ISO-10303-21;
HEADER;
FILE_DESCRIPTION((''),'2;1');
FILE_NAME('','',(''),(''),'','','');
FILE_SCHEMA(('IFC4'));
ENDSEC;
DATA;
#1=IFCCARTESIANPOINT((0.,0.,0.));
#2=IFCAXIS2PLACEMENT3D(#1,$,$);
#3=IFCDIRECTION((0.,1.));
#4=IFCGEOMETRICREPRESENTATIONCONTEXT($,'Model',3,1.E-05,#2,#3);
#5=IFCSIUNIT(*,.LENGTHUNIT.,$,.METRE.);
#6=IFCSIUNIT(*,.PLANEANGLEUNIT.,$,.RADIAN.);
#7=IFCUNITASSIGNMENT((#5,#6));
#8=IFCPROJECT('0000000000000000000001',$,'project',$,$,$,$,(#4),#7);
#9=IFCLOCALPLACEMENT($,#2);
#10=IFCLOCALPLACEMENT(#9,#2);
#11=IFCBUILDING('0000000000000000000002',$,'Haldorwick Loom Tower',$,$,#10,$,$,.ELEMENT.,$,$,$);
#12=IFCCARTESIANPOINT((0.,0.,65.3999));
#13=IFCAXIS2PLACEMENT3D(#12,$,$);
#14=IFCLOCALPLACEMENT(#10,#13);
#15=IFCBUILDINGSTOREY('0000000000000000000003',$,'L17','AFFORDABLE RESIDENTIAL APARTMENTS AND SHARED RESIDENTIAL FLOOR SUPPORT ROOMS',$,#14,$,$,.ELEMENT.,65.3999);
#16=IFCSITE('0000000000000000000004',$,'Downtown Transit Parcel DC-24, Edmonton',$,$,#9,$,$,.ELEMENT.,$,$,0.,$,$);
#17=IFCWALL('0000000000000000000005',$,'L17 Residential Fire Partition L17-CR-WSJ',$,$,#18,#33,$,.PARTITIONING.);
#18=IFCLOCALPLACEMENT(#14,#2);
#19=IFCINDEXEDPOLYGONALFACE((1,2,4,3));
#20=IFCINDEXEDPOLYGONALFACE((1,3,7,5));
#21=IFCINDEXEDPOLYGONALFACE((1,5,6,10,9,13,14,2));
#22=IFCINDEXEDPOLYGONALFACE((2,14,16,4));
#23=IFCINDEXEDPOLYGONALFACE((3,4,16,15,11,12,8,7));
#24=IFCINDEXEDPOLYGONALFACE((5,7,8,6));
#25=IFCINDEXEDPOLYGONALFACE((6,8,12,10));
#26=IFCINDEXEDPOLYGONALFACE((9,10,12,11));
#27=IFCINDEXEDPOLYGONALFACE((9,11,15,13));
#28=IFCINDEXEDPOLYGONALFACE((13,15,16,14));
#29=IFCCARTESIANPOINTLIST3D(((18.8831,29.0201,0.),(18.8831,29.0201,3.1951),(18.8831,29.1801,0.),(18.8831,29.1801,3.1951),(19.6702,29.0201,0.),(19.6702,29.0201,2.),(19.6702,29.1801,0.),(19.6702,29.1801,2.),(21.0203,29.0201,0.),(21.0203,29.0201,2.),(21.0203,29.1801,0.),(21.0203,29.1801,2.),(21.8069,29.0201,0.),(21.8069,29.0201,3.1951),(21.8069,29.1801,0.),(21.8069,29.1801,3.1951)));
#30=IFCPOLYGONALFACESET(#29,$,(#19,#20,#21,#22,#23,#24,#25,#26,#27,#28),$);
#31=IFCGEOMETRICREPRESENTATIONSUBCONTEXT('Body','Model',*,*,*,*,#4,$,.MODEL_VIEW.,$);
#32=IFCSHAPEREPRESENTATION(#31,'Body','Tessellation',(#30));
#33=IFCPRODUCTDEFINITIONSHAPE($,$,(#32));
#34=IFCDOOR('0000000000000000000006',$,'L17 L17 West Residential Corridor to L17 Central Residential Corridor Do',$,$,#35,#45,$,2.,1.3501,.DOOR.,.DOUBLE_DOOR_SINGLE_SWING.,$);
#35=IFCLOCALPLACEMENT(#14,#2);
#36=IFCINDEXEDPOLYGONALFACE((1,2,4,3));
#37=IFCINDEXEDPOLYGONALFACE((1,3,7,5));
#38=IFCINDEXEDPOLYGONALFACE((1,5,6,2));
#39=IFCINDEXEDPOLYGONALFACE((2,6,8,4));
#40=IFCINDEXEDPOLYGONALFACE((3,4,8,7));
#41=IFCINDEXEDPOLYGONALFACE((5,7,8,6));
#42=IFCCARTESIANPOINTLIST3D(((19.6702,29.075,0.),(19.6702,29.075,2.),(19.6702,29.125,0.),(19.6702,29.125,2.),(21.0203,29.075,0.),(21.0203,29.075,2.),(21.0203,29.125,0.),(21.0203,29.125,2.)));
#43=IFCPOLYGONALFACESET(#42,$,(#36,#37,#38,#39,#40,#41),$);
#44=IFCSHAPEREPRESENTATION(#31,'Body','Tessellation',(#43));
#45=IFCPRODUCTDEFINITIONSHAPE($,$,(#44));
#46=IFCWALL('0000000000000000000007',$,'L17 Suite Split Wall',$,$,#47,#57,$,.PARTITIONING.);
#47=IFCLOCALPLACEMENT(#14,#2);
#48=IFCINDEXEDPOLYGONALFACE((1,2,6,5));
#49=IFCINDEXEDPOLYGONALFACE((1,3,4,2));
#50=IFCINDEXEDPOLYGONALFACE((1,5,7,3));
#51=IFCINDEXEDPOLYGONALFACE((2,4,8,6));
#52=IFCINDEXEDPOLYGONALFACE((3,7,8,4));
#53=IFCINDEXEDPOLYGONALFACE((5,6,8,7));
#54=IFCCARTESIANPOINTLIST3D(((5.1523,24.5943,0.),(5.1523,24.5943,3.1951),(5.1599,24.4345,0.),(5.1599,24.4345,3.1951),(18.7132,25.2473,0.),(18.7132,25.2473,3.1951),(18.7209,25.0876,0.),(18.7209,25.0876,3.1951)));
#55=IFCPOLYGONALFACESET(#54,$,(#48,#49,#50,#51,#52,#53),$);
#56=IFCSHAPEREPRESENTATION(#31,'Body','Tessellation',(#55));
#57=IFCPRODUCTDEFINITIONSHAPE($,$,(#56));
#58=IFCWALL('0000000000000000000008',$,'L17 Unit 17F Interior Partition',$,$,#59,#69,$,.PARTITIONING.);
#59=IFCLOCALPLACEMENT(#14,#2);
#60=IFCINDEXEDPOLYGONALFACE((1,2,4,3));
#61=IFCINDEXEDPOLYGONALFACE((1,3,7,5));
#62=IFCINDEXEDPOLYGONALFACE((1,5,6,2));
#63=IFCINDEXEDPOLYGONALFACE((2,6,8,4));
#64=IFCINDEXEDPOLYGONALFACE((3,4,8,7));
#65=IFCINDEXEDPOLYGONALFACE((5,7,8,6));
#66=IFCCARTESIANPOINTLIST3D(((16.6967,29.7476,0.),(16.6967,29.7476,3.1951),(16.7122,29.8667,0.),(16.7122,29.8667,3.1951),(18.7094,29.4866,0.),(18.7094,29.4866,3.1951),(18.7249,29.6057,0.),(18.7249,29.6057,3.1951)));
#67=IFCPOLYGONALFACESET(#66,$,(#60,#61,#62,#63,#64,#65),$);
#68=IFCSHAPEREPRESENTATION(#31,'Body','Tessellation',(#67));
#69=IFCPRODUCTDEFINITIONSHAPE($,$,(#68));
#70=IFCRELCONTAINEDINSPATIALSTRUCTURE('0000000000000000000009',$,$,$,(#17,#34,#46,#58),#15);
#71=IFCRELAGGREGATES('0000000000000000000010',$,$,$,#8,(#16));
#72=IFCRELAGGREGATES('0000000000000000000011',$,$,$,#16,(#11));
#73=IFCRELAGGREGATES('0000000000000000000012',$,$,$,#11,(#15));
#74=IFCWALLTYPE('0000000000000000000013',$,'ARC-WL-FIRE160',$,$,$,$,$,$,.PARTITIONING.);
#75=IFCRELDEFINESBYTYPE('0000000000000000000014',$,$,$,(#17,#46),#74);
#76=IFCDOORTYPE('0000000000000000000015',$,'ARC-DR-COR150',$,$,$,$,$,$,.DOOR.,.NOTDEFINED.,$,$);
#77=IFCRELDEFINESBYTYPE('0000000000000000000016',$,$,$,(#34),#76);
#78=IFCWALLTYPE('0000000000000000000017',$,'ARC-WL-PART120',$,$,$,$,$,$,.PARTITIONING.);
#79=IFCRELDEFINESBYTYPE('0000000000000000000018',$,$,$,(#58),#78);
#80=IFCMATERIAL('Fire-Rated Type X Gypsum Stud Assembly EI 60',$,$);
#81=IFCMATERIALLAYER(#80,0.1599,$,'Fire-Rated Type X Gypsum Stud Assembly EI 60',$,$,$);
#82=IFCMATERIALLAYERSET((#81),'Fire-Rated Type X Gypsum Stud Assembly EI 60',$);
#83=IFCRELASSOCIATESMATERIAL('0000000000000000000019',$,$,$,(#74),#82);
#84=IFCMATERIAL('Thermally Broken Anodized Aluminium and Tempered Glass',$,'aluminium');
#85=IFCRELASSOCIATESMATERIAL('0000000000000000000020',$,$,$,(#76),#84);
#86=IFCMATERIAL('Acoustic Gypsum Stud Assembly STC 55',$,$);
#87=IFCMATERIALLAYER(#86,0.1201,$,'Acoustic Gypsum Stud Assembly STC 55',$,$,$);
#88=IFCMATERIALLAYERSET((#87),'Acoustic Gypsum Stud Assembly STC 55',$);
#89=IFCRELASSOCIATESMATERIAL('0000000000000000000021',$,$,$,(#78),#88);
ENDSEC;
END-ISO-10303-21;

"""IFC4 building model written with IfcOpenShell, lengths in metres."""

from ifc_helpers import new_model, si_unit, direction, frame, frame_2d, origin, place, context, subcontext, project, spatial, rectangle, extrude, material, layer, layer_set, type_object, element, fill, save


model = new_model("IFC4")

# Units and contexts
model_context = context("Model", 3, precision=1e-05, world=origin(), true_north=direction((0.0, 1.0)))
body_context = subcontext(model_context, "Body", "Model", "MODEL_VIEW")
ifc_project = project(units=[si_unit("LENGTHUNIT", "METRE"), si_unit("PLANEANGLEUNIT", "RADIAN")], contexts=[model_context])

# Site, building, storey
site_placement = place(None, origin())
site = spatial("IfcSite", under=ifc_project, at=site_placement, Name="Downtown Transit Parcel DC-24, Edmonton", CompositionType="ELEMENT", RefElevation=0.0)
building_placement = place(site_placement, origin())
building = spatial("IfcBuilding", under=site, at=building_placement, Name="Haldorwick Loom Tower", CompositionType="ELEMENT")
storey_placement = place(building_placement, frame((0.0, 0.0, 65.3999)))
storey = spatial("IfcBuildingStorey", under=building, at=storey_placement, Name="L17", Description="AFFORDABLE RESIDENTIAL APARTMENTS AND SHARED RESIDENTIAL FLOOR SUPPORT ROOMS", CompositionType="ELEMENT", Elevation=65.3999)

# Shared definitions
ifc_material_1 = material(Name="Fire-Rated Type X Gypsum Stud Assembly EI 60")
ifc_layer_1 = layer(ifc_material_1, 0.1599, Name="Fire-Rated Type X Gypsum Stud Assembly EI 60")
ifc_layer_set_1 = layer_set([ifc_layer_1], Name="Fire-Rated Type X Gypsum Stud Assembly EI 60")
wall_type_1 = type_object("IfcWallType", Name="ARC-WL-FIRE160", PredefinedType="PARTITIONING", material=ifc_layer_set_1)
ifc_material_2 = material(Name="Thermally Broken Anodized Aluminium and Tempered Glass", Category="aluminium")
door_type_1 = type_object("IfcDoorType", Name="ARC-DR-COR150", OperationType="NOTDEFINED", PredefinedType="DOOR", material=ifc_material_2)

# Wall, opening, door
wall_1_placement = place(storey_placement, frame((18.8831, 29.1001, 0.0), z_axis=(0.0, 0.0, 1.0), x_axis=(1.0, 0.0, 0.0)))
wall_1 = element("IfcWall", 1, at=wall_1_placement, inside=storey, type_object=wall_type_1, Name="L17 Residential Fire Partition L17-CR-WSJ", PredefinedType="PARTITIONING", context=body_context, shape_type="SweptSolid", body=[
    extrude(rectangle(XDim=2.9238, YDim=0.1599, at=frame_2d((1.4619, 0.0))), origin(), (0.0, 0.0, 1.0), 3.1951),
])
opening_1_placement = place(wall_1_placement, frame((0.7871, 0.0, 0.0)))
opening_1 = element("IfcOpeningElement", 2, at=opening_1_placement, cuts=wall_1, PredefinedType="OPENING", context=body_context, shape_type="SweptSolid", body=[
    extrude(rectangle(XDim=1.3501, YDim=2.0, at=frame_2d((0.675, 1.0))), frame((0.0, 0.0898, 0.0), z_axis=(0.0, -1.0, 0.0), x_axis=(1.0, 0.0, 0.0)), (0.0, 0.0, 1.0), 0.1799),
])
door_1_placement = place(opening_1_placement, origin())
door_1 = element("IfcDoor", 3, at=door_1_placement, inside=storey, type_object=door_type_1, Name="L17 L17 West Residential Corridor to L17 Central Residential Corridor Do", OperationType="DOUBLE_DOOR_SINGLE_SWING", OverallHeight=2.0, OverallWidth=1.3501, PredefinedType="DOOR", context=body_context, shape_type="SweptSolid", body=[
    extrude(rectangle(XDim=1.3501, YDim=2.0, at=frame_2d((0.675, 1.0))), frame((0.0, 0.0249, 0.0), z_axis=(0.0, -1.0, 0.0), x_axis=(1.0, 0.0, 0.0)), (0.0, 0.0, 1.0), 0.05),
])
fill(opening_1, door_1)

# Walls
wall_2_placement = place(storey_placement, frame((18.717, 25.1675, 0.0), z_axis=(0.0, 0.0, 1.0), x_axis=(-0.998842, -0.048103, 0.0)))
element("IfcWall", 4, at=wall_2_placement, inside=storey, type_object=wall_type_1, Name="L17 Suite Split Wall", PredefinedType="PARTITIONING", context=body_context, shape_type="SweptSolid", body=[
    extrude(rectangle(XDim=13.5767, YDim=0.1599, at=frame_2d((6.7883, 0.0))), origin(), (0.0, 0.0, 1.0), 3.1951),
])
ifc_material_3 = material(Name="Acoustic Gypsum Stud Assembly STC 55")
ifc_layer_2 = layer(ifc_material_3, 0.1201, Name="Acoustic Gypsum Stud Assembly STC 55")
ifc_layer_set_2 = layer_set([ifc_layer_2], Name="Acoustic Gypsum Stud Assembly STC 55")
wall_type_2 = type_object("IfcWallType", Name="ARC-WL-PART120", PredefinedType="PARTITIONING", material=ifc_layer_set_2)
wall_3_placement = place(storey_placement, frame((18.717, 29.5461, 0.0), z_axis=(0.0, 0.0, 1.0), x_axis=(-0.991697, 0.128593, 0.0)))
element("IfcWall", 5, at=wall_3_placement, inside=storey, type_object=wall_type_2, Name="L17 Unit 17F Interior Partition", PredefinedType="PARTITIONING", context=body_context, shape_type="SweptSolid", body=[
    extrude(rectangle(XDim=2.0295, YDim=0.1201, at=frame_2d((1.0146, 0.0))), origin(), (0.0, 0.0, 1.0), 3.1951),
])

save(model, "model.ifc")
